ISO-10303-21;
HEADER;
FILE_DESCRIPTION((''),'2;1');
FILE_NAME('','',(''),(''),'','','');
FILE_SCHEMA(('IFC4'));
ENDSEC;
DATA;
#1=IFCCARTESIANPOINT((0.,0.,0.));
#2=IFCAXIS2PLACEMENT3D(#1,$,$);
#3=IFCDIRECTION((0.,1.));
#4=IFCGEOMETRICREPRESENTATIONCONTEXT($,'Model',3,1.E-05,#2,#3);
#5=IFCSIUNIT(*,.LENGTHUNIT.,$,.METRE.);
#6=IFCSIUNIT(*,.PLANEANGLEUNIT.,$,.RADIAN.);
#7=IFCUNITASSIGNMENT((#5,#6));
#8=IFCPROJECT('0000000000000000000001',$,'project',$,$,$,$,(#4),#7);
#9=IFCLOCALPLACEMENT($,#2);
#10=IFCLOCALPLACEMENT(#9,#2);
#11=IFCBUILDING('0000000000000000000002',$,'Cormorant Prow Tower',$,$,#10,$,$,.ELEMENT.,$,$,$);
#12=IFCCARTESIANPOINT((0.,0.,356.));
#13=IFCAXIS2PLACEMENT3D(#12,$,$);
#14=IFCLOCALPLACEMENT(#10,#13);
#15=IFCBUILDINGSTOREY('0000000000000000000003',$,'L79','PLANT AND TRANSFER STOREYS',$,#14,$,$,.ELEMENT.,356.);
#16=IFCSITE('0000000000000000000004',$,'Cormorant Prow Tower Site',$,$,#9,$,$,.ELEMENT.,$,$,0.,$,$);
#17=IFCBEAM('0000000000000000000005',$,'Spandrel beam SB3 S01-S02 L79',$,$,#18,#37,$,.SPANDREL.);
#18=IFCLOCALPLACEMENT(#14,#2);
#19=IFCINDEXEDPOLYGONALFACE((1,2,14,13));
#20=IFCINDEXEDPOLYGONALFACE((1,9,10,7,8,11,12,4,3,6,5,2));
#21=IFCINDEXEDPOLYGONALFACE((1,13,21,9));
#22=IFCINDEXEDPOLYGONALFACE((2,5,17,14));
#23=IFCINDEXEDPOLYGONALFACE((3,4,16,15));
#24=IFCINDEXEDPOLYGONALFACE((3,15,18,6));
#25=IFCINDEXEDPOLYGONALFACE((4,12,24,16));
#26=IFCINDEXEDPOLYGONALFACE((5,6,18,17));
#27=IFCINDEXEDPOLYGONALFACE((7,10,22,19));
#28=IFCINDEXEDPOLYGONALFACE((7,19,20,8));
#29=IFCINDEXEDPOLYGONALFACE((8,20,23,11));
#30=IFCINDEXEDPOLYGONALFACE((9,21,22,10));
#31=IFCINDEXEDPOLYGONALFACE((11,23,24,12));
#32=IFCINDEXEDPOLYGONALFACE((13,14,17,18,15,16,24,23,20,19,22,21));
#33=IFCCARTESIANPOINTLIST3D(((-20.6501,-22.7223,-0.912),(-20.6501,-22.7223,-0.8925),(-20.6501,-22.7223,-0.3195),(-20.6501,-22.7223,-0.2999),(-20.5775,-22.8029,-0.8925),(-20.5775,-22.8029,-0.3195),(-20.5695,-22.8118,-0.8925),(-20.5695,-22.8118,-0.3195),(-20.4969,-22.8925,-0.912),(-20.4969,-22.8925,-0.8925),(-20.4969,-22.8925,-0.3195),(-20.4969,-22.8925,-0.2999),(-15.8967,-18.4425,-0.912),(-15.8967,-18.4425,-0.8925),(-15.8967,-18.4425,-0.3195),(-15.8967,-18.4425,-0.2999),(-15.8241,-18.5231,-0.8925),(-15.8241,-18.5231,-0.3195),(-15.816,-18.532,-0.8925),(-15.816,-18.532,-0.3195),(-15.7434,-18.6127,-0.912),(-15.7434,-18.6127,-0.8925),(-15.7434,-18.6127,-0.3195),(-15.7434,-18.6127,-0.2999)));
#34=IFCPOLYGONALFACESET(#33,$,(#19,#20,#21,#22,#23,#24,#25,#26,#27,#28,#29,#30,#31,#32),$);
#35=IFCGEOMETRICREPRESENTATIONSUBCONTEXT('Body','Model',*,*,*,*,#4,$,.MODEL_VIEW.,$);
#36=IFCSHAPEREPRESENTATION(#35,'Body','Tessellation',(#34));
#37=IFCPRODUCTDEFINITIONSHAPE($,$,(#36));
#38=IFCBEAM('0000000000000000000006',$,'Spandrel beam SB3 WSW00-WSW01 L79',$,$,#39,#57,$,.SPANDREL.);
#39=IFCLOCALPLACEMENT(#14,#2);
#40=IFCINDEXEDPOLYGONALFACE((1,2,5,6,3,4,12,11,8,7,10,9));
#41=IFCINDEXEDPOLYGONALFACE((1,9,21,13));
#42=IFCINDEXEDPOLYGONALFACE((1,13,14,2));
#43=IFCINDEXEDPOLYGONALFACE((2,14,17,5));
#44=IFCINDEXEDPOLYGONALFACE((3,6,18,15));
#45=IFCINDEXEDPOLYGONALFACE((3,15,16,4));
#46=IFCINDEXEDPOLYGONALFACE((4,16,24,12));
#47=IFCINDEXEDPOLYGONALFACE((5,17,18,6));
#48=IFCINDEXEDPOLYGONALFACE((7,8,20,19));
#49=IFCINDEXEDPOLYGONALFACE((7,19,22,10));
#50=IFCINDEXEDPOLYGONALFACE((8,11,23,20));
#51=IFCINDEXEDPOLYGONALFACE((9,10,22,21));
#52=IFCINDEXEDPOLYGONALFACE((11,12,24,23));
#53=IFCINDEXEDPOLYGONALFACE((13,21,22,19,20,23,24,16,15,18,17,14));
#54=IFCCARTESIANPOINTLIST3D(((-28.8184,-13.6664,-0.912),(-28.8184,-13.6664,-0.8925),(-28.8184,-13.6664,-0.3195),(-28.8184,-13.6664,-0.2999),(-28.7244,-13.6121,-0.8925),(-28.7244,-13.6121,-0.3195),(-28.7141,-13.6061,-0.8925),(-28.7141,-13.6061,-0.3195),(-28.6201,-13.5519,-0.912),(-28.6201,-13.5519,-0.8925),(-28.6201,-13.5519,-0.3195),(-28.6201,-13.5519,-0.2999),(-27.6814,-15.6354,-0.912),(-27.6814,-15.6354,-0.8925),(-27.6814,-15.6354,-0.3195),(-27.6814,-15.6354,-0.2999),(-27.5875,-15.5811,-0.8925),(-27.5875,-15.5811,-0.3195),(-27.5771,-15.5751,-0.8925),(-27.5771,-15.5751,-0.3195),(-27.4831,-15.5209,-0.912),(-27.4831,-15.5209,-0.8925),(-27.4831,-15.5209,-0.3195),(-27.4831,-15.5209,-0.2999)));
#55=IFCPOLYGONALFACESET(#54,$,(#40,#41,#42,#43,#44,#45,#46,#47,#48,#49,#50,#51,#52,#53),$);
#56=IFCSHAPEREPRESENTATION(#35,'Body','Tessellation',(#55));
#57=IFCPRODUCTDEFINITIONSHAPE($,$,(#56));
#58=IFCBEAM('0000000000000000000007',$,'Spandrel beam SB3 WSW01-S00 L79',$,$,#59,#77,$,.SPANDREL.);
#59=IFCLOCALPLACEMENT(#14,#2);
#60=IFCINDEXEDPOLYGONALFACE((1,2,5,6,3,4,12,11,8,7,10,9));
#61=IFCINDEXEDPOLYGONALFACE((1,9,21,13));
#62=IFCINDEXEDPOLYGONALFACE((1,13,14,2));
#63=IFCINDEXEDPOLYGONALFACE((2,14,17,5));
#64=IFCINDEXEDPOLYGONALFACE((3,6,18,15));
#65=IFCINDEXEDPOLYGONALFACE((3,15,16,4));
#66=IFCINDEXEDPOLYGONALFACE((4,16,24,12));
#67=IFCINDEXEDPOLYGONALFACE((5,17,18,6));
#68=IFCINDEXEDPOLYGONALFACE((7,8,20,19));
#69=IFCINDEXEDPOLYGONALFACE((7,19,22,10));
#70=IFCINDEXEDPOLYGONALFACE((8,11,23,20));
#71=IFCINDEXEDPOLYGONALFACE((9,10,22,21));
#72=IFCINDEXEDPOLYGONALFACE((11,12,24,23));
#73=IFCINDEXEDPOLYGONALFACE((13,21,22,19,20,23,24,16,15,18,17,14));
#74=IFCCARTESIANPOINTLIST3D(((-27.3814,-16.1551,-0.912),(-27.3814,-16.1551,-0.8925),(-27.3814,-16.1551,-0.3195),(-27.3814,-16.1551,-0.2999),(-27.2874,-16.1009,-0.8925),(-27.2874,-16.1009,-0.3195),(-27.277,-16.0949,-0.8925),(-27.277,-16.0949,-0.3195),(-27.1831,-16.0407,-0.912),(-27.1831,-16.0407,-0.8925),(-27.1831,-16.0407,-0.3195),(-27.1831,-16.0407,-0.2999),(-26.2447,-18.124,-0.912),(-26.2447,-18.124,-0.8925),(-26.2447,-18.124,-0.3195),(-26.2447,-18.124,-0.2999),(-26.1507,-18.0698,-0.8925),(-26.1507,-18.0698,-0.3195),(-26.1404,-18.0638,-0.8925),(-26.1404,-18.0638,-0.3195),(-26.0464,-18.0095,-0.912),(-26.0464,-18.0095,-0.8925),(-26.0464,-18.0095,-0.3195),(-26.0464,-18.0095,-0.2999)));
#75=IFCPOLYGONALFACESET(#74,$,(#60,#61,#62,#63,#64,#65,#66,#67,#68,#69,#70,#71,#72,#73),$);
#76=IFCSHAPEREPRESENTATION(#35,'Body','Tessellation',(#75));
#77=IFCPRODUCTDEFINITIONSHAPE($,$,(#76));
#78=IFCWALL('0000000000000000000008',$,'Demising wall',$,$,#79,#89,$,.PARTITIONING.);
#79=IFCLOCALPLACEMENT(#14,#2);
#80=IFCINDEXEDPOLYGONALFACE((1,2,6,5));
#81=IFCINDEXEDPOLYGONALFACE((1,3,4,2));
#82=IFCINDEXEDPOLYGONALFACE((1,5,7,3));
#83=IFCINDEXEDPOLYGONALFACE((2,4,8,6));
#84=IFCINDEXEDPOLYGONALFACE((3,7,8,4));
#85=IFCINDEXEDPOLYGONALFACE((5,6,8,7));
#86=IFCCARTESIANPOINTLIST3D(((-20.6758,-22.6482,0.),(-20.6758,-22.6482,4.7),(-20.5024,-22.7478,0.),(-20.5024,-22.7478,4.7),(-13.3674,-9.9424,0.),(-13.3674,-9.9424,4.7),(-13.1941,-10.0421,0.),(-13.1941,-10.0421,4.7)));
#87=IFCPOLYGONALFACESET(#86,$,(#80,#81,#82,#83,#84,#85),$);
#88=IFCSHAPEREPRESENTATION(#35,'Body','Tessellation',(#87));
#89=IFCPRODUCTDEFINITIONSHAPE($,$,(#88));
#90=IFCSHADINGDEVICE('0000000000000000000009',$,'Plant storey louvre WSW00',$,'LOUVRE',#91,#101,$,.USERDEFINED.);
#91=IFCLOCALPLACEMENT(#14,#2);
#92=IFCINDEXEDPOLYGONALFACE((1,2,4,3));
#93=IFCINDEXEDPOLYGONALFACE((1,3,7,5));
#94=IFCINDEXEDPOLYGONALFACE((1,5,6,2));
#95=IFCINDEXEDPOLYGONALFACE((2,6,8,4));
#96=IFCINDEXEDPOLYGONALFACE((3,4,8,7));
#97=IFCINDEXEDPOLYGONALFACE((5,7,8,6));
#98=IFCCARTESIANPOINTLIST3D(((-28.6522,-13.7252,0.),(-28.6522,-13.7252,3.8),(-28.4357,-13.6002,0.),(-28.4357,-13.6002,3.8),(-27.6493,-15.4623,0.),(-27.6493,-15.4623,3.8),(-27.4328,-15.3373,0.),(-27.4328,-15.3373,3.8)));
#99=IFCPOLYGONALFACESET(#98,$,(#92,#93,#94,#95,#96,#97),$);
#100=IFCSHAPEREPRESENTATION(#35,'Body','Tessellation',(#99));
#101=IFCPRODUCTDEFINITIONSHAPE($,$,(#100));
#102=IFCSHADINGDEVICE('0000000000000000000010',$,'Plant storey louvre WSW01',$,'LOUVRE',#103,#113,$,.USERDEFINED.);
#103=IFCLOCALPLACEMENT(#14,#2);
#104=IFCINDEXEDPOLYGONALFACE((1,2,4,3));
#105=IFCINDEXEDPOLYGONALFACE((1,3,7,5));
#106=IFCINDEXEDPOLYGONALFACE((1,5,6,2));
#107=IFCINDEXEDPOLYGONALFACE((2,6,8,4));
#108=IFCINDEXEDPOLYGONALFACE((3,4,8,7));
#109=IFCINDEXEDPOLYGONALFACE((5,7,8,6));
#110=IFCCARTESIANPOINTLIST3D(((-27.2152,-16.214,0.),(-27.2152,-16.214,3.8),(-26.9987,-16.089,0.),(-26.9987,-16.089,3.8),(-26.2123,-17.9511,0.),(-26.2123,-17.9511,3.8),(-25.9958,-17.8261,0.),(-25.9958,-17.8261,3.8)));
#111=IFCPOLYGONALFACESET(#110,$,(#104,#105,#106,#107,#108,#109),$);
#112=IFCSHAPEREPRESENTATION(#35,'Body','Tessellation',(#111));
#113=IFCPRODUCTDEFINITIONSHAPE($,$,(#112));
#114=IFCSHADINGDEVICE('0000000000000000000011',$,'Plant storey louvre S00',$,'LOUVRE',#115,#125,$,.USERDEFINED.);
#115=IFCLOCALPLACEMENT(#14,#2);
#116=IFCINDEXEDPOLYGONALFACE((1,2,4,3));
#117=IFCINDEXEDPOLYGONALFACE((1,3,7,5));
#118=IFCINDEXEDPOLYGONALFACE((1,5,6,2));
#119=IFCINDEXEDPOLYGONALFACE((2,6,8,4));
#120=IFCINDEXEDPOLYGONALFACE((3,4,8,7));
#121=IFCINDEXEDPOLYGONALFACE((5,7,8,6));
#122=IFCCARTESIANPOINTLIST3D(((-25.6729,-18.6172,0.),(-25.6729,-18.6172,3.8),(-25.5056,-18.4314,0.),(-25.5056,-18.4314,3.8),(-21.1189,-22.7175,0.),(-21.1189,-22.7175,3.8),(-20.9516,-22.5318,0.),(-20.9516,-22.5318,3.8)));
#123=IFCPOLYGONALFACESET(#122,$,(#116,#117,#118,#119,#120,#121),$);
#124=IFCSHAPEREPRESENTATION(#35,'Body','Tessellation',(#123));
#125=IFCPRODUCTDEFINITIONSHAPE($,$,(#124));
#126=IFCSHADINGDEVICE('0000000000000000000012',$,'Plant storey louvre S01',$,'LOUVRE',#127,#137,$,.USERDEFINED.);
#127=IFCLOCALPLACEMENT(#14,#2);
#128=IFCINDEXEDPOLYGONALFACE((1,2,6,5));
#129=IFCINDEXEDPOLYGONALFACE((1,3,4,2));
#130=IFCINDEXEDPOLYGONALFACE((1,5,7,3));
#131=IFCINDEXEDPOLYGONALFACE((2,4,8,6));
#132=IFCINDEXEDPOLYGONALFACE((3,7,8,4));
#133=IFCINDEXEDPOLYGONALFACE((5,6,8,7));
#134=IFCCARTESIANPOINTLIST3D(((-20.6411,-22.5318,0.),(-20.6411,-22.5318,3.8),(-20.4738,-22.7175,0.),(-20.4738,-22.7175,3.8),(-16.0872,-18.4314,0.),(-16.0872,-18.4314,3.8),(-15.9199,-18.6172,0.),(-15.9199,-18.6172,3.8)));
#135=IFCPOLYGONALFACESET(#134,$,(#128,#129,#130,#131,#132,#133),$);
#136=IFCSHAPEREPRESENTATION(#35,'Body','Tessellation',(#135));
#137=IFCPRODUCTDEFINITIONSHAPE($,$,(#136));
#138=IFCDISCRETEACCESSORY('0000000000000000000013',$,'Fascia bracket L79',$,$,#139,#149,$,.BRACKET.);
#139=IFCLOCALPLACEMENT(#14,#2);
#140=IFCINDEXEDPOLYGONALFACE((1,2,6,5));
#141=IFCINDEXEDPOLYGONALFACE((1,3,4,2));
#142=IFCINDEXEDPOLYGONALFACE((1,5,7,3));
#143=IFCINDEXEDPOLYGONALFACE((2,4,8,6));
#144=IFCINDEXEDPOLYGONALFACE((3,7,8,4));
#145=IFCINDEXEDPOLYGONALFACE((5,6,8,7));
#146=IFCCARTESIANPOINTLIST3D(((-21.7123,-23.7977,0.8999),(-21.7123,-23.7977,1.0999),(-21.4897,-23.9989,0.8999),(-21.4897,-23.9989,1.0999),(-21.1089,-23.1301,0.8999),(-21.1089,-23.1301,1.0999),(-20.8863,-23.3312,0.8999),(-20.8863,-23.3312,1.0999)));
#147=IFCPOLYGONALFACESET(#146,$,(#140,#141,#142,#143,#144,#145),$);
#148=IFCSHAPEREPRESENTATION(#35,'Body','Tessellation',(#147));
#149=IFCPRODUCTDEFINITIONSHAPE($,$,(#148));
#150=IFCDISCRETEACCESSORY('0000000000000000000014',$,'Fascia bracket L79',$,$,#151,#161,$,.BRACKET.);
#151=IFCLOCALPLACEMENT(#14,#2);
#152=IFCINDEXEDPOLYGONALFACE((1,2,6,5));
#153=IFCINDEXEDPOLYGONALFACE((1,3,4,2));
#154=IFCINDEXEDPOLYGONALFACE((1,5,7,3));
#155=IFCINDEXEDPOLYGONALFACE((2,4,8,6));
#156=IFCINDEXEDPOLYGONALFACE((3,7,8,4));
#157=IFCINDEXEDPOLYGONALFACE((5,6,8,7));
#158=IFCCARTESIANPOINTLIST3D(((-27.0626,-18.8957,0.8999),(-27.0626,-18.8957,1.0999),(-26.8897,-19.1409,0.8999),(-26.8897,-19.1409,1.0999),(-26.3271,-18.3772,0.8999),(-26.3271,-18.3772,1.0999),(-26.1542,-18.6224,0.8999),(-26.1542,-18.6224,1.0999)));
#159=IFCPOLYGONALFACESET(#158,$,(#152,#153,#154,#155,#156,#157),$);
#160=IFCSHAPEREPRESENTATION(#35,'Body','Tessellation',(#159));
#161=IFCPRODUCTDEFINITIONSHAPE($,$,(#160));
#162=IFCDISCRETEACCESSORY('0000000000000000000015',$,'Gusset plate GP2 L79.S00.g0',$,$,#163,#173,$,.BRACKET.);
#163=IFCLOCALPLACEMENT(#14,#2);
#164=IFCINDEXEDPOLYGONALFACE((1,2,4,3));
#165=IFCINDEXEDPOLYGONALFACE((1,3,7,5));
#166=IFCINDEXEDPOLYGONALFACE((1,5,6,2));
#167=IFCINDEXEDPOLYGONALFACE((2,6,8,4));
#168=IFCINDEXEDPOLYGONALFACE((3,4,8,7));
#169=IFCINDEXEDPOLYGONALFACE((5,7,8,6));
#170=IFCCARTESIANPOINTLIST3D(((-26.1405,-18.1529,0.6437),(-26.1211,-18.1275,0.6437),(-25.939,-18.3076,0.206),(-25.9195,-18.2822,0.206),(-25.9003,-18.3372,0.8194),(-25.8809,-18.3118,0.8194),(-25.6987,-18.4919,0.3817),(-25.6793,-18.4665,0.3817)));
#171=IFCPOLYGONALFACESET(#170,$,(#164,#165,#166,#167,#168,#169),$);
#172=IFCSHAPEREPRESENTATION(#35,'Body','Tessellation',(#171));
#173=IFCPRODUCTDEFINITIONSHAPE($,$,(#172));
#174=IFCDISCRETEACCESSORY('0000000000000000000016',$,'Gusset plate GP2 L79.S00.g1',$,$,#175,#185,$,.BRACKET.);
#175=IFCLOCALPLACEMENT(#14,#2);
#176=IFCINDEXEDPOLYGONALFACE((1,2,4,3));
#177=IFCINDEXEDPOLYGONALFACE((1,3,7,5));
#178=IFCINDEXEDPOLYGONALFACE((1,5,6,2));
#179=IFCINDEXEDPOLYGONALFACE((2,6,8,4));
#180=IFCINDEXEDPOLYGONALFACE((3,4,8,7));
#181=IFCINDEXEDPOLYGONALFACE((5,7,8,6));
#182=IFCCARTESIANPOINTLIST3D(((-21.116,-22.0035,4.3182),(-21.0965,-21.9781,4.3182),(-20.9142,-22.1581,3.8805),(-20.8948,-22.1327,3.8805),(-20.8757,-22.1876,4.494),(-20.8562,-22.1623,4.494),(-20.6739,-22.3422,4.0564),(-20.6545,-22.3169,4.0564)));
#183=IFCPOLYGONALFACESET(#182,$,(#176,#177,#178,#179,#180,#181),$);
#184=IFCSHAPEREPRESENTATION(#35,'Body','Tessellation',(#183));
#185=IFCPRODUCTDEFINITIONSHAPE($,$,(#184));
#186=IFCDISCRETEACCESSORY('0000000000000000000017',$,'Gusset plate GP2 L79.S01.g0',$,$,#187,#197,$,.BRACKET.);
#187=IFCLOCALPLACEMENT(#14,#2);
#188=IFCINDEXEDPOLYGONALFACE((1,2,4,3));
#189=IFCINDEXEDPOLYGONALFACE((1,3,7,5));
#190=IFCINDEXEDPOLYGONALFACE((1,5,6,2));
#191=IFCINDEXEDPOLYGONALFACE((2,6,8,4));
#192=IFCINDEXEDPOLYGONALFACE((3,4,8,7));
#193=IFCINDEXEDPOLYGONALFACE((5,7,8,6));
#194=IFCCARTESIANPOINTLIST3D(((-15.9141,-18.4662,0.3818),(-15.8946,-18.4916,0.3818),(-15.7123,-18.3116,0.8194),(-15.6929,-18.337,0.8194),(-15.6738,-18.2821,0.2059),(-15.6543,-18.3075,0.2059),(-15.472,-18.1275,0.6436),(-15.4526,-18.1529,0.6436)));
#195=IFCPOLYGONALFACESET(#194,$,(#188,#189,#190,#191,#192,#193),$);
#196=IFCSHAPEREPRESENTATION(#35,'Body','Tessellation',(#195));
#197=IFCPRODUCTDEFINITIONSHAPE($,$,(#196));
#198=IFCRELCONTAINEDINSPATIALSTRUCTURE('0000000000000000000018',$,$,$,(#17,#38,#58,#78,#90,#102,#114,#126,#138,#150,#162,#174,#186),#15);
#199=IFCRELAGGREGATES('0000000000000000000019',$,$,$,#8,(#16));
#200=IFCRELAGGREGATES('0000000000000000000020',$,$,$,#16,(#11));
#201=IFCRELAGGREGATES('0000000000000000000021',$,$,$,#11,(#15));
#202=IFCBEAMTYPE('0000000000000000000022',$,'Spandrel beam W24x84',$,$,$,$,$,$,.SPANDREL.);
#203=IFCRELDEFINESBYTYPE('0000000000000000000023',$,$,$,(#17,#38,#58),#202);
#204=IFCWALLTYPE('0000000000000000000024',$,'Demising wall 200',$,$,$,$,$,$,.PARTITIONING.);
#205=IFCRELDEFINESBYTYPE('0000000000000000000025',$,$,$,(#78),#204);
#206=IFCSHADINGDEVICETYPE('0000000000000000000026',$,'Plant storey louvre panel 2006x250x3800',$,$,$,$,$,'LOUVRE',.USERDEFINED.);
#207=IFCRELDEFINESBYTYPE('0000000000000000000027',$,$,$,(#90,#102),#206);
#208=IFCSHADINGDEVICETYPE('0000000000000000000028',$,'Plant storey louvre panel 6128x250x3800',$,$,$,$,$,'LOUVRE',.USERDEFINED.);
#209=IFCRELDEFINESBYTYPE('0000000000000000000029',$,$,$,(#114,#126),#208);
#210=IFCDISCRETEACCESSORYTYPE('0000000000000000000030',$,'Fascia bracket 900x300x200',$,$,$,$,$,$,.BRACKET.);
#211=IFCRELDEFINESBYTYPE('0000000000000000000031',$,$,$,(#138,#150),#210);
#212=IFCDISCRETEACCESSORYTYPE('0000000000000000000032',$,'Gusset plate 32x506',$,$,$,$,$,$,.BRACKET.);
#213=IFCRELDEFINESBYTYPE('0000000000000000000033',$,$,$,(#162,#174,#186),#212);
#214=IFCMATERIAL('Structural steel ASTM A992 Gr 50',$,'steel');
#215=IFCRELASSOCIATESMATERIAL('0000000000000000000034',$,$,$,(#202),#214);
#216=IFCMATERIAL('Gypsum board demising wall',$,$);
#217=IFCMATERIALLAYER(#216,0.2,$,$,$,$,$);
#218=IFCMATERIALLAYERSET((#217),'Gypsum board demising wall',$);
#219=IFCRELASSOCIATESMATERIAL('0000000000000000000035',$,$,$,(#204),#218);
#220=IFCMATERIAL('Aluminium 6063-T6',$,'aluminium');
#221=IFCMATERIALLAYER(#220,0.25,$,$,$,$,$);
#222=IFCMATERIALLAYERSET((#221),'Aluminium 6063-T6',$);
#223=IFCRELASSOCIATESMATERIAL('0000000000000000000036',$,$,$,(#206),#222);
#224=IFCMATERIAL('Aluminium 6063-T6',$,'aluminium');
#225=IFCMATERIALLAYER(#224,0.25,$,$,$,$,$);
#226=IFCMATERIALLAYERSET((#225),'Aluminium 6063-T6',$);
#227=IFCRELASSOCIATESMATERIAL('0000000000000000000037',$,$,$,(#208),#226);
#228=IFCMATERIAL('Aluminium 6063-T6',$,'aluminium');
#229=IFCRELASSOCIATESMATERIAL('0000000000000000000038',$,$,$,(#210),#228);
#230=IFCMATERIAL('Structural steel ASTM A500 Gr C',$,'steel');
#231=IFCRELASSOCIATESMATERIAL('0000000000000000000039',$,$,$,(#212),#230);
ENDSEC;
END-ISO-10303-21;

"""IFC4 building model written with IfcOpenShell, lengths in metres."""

from ifc_helpers import new_model, si_unit, direction, frame, frame_2d, origin, origin_2d, place, context, subcontext, project, spatial, rectangle, i_section, extrude, material, layer, layer_set, material_profile, profile_set, type_object, element, save


model = new_model("IFC4")

# Units and contexts
model_context = context("Model", 3, precision=1e-05, world=origin(), true_north=direction((0.0, 1.0)))
body_context = subcontext(model_context, "Body", "Model", "MODEL_VIEW")
ifc_project = project(units=[si_unit("LENGTHUNIT", "METRE"), si_unit("PLANEANGLEUNIT", "RADIAN")], contexts=[model_context])

# Site, building, storey
site_placement = place(None, origin())
site = spatial("IfcSite", under=ifc_project, at=site_placement, Name="Cormorant Prow Tower Site", CompositionType="ELEMENT", RefElevation=0.0)
building_placement = place(site_placement, origin())
building = spatial("IfcBuilding", under=site, at=building_placement, Name="Cormorant Prow Tower", CompositionType="ELEMENT")
storey_placement = place(building_placement, frame((0.0, 0.0, 356.0)))
storey = spatial("IfcBuildingStorey", under=building, at=storey_placement, Name="L79", Description="PLANT AND TRANSFER STOREYS", CompositionType="ELEMENT", Elevation=356.0)

# Beams
ifc_material_1 = material(Name="Structural steel ASTM A992 Gr 50", Category="steel")
ifc_material_profile_1 = material_profile(ifc_material_1, i_section(OverallWidth=0.229, OverallDepth=0.6121, WebThickness=0.012, FlangeThickness=0.0195, at=origin_2d()), Name="W24x84")
ifc_profile_set_1 = profile_set([ifc_material_profile_1], Name="Structural steel ASTM A992 Gr 50")
beam_type = type_object("IfcBeamType", Name="Spandrel beam W24x84", PredefinedType="SPANDREL", material=ifc_profile_set_1)
beam_1_placement = place(storey_placement, frame((-20.5735, -22.8074, -0.606), z_axis=(0.743161, 0.669112, 0.0), x_axis=(-0.669112, 0.743161, 0.0)))
element("IfcBeam", 1, at=beam_1_placement, inside=storey, type_object=beam_type, Name="Spandrel beam SB3 S01-S02 L79", PredefinedType="SPANDREL", context=body_context, shape_type="SweptSolid", body=[
    extrude(i_section(OverallWidth=0.229, OverallDepth=0.6121, WebThickness=0.012, FlangeThickness=0.0195, at=origin_2d()), origin(), (0.0, 0.0, 1.0), 6.3962),
])
beam_2_placement = place(storey_placement, frame((-28.7192, -13.6091, -0.606), z_axis=(0.500054, -0.865994, 0.0), x_axis=(0.865994, 0.500054, 0.0)))
element("IfcBeam", 2, at=beam_2_placement, inside=storey, type_object=beam_type, Name="Spandrel beam SB3 WSW00-WSW01 L79", PredefinedType="SPANDREL", context=body_context, shape_type="SweptSolid", body=[
    extrude(i_section(OverallWidth=0.229, OverallDepth=0.6121, WebThickness=0.012, FlangeThickness=0.0195, at=origin_2d()), origin(), (0.0, 0.0, 1.0), 2.2737),
])
beam_3_placement = place(storey_placement, frame((-27.2822, -16.0979, -0.606), z_axis=(0.499973, -0.866041, 0.0), x_axis=(0.866041, 0.499973, 0.0)))
element("IfcBeam", 3, at=beam_3_placement, inside=storey, type_object=beam_type, Name="Spandrel beam SB3 WSW01-S00 L79", PredefinedType="SPANDREL", context=body_context, shape_type="SweptSolid", body=[
    extrude(i_section(OverallWidth=0.229, OverallDepth=0.6121, WebThickness=0.012, FlangeThickness=0.0195, at=origin_2d()), origin(), (0.0, 0.0, 1.0), 2.2734),
])

# Wall
ifc_material_2 = material(Name="Gypsum board demising wall")
ifc_layer_1 = layer(ifc_material_2, 0.2)
ifc_layer_set_1 = layer_set([ifc_layer_1], Name="Gypsum board demising wall")
wall_type = type_object("IfcWallType", Name="Demising wall 200", PredefinedType="PARTITIONING", material=ifc_layer_set_1)
wall_placement = place(storey_placement, frame((-20.5891, -22.698, 0.0), z_axis=(0.0, 0.0, 1.0), x_axis=(0.4986, 0.866832, 0.0)))
element("IfcWall", 4, at=wall_placement, inside=storey, type_object=wall_type, Name="Demising wall", PredefinedType="PARTITIONING", context=body_context, shape_type="SweptSolid", body=[
    extrude(rectangle(XDim=14.6577, YDim=0.2, at=frame_2d((7.3289, 0.0))), origin(), (0.0, 0.0, 1.0), 4.7),
])

# Shading devices
ifc_material_3 = material(Name="Aluminium 6063-T6", Category="aluminium")
ifc_layer_2 = layer(ifc_material_3, 0.25)
ifc_layer_set_2 = layer_set([ifc_layer_2], Name="Aluminium 6063-T6")
shading_device_type_1 = type_object("IfcShadingDeviceType", Name="Plant storey louvre panel 2006x250x3800", ElementType="LOUVRE", PredefinedType="USERDEFINED", material=ifc_layer_set_2)
for number, where, z_axis, x_axis, name in (
    (5, (-28.0425, -14.5312, 0.0), (0.0, 0.0, 1.0), (0.5, -0.866025, 0.0), "Plant storey louvre WSW00"),
    (6, (-26.6055, -17.02, 0.0), (0.0, 0.0, 1.0), (0.5, -0.866025, 0.0), "Plant storey louvre WSW01"),
):
    element("IfcShadingDevice", number, at=place(storey_placement, frame(where, z_axis=z_axis, x_axis=x_axis)), inside=storey, type_object=shading_device_type_1, Name=name, ObjectType="LOUVRE", PredefinedType="USERDEFINED", context=body_context, shape_type="SweptSolid", body=[
        extrude(rectangle(XDim=2.0059, YDim=0.25, at=origin_2d()), origin(), (0.0, 0.0, 1.0), 3.8),
    ])
ifc_material_4 = material(Name="Aluminium 6063-T6", Category="aluminium")
ifc_layer_3 = layer(ifc_material_4, 0.25)
ifc_layer_set_3 = layer_set([ifc_layer_3], Name="Aluminium 6063-T6")
shading_device_type_2 = type_object("IfcShadingDeviceType", Name="Plant storey louvre panel 6128x250x3800", ElementType="LOUVRE", PredefinedType="USERDEFINED", material=ifc_layer_set_3)
for number, where, z_axis, x_axis, name in (
    (7, (-23.3123, -20.5745, 0.0), (0.0, 0.0, 1.0), (0.743145, -0.669131, 0.0), "Plant storey louvre S00"),
    (8, (-18.2805, -20.5745, 0.0), (0.0, 0.0, 1.0), (0.743145, 0.669131, 0.0), "Plant storey louvre S01"),
):
    element("IfcShadingDevice", number, at=place(storey_placement, frame(where, z_axis=z_axis, x_axis=x_axis)), inside=storey, type_object=shading_device_type_2, Name=name, ObjectType="LOUVRE", PredefinedType="USERDEFINED", context=body_context, shape_type="SweptSolid", body=[
        extrude(rectangle(XDim=6.1279, YDim=0.25, at=origin_2d()), origin(), (0.0, 0.0, 1.0), 3.8),
    ])

# Discrete accessories
ifc_material_5 = material(Name="Aluminium 6063-T6", Category="aluminium")
discrete_accessory_type_1 = type_object("IfcDiscreteAccessoryType", Name="Fascia bracket 900x300x200", PredefinedType="BRACKET", material=ifc_material_5)
for number, where, z_axis, x_axis, name in (
    (9, (-21.2993, -23.5645, 0.8999), (0.0, 0.0, 1.0), (-0.670549, -0.741865, 0.0), "Fascia bracket L79"),
    (10, (-26.6084, -18.759, 0.8999), (0.0, 0.0, 1.0), (-0.817306, -0.576203, 0.0), "Fascia bracket L79"),
):
    element("IfcDiscreteAccessory", number, at=place(storey_placement, frame(where, z_axis=z_axis, x_axis=x_axis)), inside=storey, type_object=discrete_accessory_type_1, Name=name, PredefinedType="BRACKET", context=body_context, shape_type="SweptSolid", body=[
        extrude(rectangle(XDim=0.8999, YDim=0.3, at=origin_2d()), origin(), (0.0, 0.0, 1.0), 0.2),
    ])
ifc_material_6 = material(Name="Structural steel ASTM A500 Gr C", Category="steel")
ifc_material_profile_2 = material_profile(ifc_material_6, rectangle(XDim=0.032, YDim=0.5061, at=origin_2d()), Name="Gusset plate 32x506")
ifc_profile_set_2 = profile_set([ifc_material_profile_2], Name="Structural steel ASTM A500 Gr C")
discrete_accessory_type_2 = type_object("IfcDiscreteAccessoryType", Name="Gusset plate 32x506", PredefinedType="BRACKET", material=ifc_profile_set_2)
for number, where, z_axis, x_axis, name in (
    (11, (-25.7898, -18.4019, 0.6006), (-0.686138, 0.526458, -0.502052), (-0.608736, -0.793373, 0.0), "Gusset plate GP2 L79.S00.g0"),
    (12, (-21.0054, -22.0681, 4.0994), (0.68639, -0.525953, 0.502237), (0.608228, 0.793762, 0.0), "Gusset plate GP2 L79.S00.g1"),
    (13, (-15.8035, -18.4016, 0.6006), (0.68639, 0.525953, -0.502237), (-0.608228, 0.793762, 0.0), "Gusset plate GP2 L79.S01.g0"),
):
    element("IfcDiscreteAccessory", number, at=place(storey_placement, frame(where, z_axis=z_axis, x_axis=x_axis)), inside=storey, type_object=discrete_accessory_type_2, Name=name, PredefinedType="BRACKET", context=body_context, shape_type="SweptSolid", body=[
        extrude(rectangle(XDim=0.032, YDim=0.5061, at=origin_2d()), origin(), (0.0, 0.0, 1.0), 0.3501),
    ])

save(model, "model.ifc")
